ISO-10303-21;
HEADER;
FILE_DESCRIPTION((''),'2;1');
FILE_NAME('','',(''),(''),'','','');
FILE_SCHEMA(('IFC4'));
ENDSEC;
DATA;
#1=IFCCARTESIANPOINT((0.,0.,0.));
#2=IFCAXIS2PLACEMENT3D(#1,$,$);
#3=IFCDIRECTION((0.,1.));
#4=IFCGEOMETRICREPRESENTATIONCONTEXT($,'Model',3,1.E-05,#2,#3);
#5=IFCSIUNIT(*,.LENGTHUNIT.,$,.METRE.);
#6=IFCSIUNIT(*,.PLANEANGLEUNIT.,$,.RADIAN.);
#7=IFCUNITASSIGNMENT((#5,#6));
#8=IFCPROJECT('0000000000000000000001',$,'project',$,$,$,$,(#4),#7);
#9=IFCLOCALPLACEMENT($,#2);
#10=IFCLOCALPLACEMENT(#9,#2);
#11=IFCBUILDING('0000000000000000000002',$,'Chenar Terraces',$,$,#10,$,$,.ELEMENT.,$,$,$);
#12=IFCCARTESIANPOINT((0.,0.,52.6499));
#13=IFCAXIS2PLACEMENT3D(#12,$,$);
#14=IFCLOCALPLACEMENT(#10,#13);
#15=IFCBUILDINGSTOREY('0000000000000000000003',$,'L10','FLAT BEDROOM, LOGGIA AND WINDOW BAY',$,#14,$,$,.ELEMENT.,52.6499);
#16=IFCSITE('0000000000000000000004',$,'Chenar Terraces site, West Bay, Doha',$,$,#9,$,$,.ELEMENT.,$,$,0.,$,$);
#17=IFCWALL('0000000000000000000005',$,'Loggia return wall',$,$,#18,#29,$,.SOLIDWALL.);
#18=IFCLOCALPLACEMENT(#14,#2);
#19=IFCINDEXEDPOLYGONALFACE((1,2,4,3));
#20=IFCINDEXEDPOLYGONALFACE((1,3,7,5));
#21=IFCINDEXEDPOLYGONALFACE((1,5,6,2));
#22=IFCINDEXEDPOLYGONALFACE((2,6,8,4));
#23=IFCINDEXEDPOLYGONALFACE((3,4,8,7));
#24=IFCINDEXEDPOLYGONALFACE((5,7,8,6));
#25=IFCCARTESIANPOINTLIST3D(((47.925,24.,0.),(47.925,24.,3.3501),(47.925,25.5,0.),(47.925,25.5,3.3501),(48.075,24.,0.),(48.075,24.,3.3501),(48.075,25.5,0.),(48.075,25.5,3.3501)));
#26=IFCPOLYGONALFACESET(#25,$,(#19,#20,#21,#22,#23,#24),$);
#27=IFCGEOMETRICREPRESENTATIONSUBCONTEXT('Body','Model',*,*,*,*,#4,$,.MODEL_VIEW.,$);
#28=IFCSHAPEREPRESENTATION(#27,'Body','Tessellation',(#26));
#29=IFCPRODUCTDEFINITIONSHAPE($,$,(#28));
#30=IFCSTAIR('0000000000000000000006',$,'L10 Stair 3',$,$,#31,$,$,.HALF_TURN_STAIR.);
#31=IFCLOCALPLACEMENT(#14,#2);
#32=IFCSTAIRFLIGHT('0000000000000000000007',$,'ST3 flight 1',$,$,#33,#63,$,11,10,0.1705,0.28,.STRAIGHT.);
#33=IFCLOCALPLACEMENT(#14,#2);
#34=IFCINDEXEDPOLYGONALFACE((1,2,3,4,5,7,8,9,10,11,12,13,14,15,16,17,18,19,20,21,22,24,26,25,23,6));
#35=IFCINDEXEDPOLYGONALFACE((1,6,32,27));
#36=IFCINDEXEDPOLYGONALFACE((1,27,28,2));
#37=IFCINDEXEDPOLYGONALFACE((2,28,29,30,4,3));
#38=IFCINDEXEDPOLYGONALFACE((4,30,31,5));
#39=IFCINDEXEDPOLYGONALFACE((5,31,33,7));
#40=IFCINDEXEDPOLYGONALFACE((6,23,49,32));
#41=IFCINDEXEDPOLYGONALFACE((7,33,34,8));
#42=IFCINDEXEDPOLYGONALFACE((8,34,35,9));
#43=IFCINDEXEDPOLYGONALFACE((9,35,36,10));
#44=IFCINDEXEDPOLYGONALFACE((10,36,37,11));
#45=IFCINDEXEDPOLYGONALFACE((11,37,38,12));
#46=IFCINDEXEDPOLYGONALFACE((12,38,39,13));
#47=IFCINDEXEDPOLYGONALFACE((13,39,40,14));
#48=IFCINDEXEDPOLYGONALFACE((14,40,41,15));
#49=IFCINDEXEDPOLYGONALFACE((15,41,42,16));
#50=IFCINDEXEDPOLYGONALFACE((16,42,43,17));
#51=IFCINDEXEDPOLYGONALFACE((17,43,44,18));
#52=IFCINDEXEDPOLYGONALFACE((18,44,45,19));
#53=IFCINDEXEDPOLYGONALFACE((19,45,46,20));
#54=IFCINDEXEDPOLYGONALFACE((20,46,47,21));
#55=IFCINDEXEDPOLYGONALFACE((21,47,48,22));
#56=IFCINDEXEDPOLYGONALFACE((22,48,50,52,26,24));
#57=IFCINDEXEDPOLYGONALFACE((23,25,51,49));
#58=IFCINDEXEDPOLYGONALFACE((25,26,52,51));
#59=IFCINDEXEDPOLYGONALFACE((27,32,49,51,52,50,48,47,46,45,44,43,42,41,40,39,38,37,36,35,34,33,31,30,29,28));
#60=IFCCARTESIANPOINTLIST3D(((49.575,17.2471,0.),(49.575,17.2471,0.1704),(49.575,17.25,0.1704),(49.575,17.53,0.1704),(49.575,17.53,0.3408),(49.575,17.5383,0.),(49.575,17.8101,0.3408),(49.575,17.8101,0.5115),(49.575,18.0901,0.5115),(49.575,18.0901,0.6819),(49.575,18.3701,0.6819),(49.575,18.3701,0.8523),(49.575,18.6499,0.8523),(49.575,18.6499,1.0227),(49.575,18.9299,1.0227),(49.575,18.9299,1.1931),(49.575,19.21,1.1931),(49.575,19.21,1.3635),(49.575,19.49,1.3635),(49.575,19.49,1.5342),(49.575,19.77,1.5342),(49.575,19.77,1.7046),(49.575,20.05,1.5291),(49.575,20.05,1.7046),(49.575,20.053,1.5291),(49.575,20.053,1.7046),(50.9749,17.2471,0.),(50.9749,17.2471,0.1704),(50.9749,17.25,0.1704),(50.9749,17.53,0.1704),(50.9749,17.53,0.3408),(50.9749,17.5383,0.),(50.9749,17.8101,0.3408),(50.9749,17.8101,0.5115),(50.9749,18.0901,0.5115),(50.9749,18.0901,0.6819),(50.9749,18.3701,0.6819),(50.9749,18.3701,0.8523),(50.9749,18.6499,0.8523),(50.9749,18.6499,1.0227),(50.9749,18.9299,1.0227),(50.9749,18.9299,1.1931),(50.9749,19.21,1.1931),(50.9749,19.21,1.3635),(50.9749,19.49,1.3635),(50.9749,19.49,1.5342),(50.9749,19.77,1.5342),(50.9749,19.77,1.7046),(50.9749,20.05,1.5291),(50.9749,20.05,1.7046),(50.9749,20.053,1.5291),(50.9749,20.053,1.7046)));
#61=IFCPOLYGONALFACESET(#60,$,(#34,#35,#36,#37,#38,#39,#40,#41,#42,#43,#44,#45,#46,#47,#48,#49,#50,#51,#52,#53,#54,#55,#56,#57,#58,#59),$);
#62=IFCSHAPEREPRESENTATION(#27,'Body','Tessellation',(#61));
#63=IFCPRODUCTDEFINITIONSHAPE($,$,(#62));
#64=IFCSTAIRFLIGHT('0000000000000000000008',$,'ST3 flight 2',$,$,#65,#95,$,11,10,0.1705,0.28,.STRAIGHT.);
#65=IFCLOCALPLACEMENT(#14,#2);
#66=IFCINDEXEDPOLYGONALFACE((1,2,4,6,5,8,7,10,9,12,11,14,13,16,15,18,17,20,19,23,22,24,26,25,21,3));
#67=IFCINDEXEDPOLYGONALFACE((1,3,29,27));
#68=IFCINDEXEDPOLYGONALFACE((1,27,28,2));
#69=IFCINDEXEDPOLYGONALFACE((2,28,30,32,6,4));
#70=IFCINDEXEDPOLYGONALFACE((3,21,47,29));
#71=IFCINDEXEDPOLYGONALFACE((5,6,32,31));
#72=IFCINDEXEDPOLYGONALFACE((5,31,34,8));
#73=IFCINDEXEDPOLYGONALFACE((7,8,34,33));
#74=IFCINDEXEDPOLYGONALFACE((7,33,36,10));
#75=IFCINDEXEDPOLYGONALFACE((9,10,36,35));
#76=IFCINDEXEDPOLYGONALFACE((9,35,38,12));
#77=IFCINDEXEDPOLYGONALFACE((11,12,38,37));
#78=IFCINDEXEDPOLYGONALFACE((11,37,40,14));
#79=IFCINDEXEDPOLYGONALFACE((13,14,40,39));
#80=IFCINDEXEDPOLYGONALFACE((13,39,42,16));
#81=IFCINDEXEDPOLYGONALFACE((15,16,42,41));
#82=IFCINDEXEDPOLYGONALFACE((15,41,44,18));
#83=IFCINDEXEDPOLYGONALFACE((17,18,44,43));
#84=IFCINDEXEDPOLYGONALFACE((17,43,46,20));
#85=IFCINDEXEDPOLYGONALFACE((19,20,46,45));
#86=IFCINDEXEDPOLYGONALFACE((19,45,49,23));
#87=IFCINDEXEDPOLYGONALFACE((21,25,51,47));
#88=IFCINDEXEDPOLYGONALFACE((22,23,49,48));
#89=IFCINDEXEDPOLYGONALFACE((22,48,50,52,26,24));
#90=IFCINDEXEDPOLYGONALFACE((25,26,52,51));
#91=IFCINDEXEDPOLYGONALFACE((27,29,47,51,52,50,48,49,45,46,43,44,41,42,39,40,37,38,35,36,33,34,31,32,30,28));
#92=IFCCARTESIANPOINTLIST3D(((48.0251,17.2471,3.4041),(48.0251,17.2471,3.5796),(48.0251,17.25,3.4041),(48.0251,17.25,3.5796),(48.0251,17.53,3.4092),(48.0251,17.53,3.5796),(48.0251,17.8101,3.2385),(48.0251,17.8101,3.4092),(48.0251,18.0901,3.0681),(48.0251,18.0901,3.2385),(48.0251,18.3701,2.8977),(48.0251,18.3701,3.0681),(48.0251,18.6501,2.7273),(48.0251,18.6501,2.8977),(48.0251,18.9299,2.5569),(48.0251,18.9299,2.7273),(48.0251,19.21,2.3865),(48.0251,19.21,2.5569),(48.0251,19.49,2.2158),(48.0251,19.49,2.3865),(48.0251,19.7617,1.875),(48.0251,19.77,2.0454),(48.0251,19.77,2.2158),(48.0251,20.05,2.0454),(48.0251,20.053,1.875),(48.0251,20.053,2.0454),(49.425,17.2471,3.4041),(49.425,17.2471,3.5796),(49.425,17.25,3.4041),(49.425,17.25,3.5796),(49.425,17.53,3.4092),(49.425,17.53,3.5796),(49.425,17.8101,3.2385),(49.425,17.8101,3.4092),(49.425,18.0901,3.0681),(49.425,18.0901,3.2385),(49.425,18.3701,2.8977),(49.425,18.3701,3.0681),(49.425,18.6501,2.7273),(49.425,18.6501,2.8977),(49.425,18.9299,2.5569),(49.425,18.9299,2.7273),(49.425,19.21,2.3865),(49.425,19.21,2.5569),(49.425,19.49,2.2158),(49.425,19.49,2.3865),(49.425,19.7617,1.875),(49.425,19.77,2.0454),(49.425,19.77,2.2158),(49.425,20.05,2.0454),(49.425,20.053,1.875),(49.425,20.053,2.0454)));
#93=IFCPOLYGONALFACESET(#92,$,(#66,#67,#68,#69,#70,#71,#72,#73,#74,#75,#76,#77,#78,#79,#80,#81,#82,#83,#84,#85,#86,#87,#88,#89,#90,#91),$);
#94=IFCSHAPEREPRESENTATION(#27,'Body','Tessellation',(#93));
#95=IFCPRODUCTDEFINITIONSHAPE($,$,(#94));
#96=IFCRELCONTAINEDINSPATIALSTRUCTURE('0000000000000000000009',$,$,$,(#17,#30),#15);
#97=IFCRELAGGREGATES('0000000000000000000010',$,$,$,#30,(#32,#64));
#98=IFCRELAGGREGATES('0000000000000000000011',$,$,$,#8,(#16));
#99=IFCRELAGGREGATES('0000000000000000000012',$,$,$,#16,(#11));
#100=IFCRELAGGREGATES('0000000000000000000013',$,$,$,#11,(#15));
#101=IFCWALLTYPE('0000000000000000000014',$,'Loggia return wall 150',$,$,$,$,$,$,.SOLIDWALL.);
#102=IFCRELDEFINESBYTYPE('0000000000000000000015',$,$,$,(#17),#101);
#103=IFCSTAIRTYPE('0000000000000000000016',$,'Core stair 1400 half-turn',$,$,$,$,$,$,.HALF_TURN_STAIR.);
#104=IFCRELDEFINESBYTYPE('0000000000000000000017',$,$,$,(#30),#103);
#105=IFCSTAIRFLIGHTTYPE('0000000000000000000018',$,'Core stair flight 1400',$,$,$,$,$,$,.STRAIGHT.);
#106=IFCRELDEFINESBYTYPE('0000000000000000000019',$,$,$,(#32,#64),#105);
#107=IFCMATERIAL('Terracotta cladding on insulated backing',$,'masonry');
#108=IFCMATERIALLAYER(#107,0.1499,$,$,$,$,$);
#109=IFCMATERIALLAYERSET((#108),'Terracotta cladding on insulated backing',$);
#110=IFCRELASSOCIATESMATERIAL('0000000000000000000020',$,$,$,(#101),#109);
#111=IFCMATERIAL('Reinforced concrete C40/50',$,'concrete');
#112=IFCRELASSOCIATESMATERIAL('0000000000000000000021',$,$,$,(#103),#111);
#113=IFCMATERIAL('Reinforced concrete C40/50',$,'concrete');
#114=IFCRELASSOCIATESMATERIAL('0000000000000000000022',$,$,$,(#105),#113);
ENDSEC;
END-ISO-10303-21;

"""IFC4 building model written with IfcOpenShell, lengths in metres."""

from ifc_helpers import new_model, si_unit, direction, frame, frame_2d, origin, place, context, subcontext, project, spatial, polyline, rectangle, outline, extrude, material, layer, layer_set, type_object, element, aggregate, save


model = new_model("IFC4")

# Units and contexts
model_context = context("Model", 3, precision=1e-05, world=origin(), true_north=direction((0.0, 1.0)))
body_context = subcontext(model_context, "Body", "Model", "MODEL_VIEW")
ifc_project = project(units=[si_unit("LENGTHUNIT", "METRE"), si_unit("PLANEANGLEUNIT", "RADIAN")], contexts=[model_context])

# Site, building, storey
site_placement = place(None, origin())
site = spatial("IfcSite", under=ifc_project, at=site_placement, Name="Chenar Terraces site, West Bay, Doha", CompositionType="ELEMENT", RefElevation=0.0)
building_placement = place(site_placement, origin())
building = spatial("IfcBuilding", under=site, at=building_placement, Name="Chenar Terraces", CompositionType="ELEMENT")
storey_placement = place(building_placement, frame((0.0, 0.0, 52.6499)))
storey = spatial("IfcBuildingStorey", under=building, at=storey_placement, Name="L10", Description="FLAT BEDROOM, LOGGIA AND WINDOW BAY", CompositionType="ELEMENT", Elevation=52.6499)

# Wall
ifc_material_1 = material(Name="Terracotta cladding on insulated backing", Category="masonry")
ifc_layer_1 = layer(ifc_material_1, 0.1499)
ifc_layer_set_1 = layer_set([ifc_layer_1], Name="Terracotta cladding on insulated backing")
wall_type_1 = type_object("IfcWallType", Name="Loggia return wall 150", PredefinedType="SOLIDWALL", material=ifc_layer_set_1)
wall_1_placement = place(storey_placement, frame((48.0, 25.5, 0.0), z_axis=(0.0, 0.0, 1.0), x_axis=(0.0, -1.0, 0.0)))
element("IfcWall", 1, at=wall_1_placement, inside=storey, type_object=wall_type_1, Name="Loggia return wall", PredefinedType="SOLIDWALL", context=body_context, shape_type="SweptSolid", body=[
    extrude(rectangle(XDim=1.5, YDim=0.1499, at=frame_2d((0.75, 0.0))), origin(), (0.0, 0.0, 1.0), 3.3501),
])

# Stair, stair flights
ifc_material_2 = material(Name="Reinforced concrete C40/50", Category="concrete")
stair_type = type_object("IfcStairType", Name="Core stair 1400 half-turn", PredefinedType="HALF_TURN_STAIR", material=ifc_material_2)
stair_placement = place(storey_placement, origin())
stair = element("IfcStair", 2, at=stair_placement, inside=storey, type_object=stair_type, Name="L10 Stair 3", PredefinedType="HALF_TURN_STAIR")
ifc_material_3 = material(Name="Reinforced concrete C40/50", Category="concrete")
stair_flight_type = type_object("IfcStairFlightType", Name="Core stair flight 1400", PredefinedType="STRAIGHT", material=ifc_material_3)
stair_flight_1_placement = place(storey_placement, frame((50.2749, 17.25, 0.0), z_axis=(0.0, 0.0, 1.0), x_axis=(0.0, 1.0, 0.0)))
stair_flight_1 = element("IfcStairFlight", 3, at=stair_flight_1_placement, type_object=stair_flight_type, Name="ST3 flight 1", NumberOfRisers=11, NumberOfTreads=10, PredefinedType="STRAIGHT", RiserHeight=0.1705, TreadLength=0.28, context=body_context, shape_type="SweptSolid", body=[
    extrude(outline(polyline([(-0.0029, 0.0), (-0.0029, 0.1704), (0.0, 0.1704), (0.28, 0.1704), (0.28, 0.3408), (0.5601, 0.3408), (0.5601, 0.5115), (0.8401, 0.5115), (0.8401, 0.6819), (1.1201, 0.6819), (1.1201, 0.8523), (1.3999, 0.8523), (1.3999, 1.0227), (1.6799, 1.0227), (1.6799, 1.1931), (1.96, 1.1931), (1.96, 1.3635), (2.24, 1.3635), (2.24, 1.5342), (2.52, 1.5342), (2.52, 1.7046), (2.8, 1.7046), (2.803, 1.7046), (2.803, 1.5291), (2.8, 1.5291), (0.2883, 0.0), (-0.0029, 0.0)])), frame((0.0, 0.7, 0.0), z_axis=(0.0, -1.0, 0.0), x_axis=(1.0, 0.0, 0.0)), (0.0, 0.0, 1.0), 1.3999),
])
stair_flight_2_placement = place(storey_placement, frame((48.7251, 20.05, 1.875), z_axis=(0.0, 0.0, 1.0), x_axis=(0.0, -1.0, 0.0)))
stair_flight_2 = element("IfcStairFlight", 4, at=stair_flight_2_placement, type_object=stair_flight_type, Name="ST3 flight 2", NumberOfRisers=11, NumberOfTreads=10, PredefinedType="STRAIGHT", RiserHeight=0.1705, TreadLength=0.28, context=body_context, shape_type="SweptSolid", body=[
    extrude(outline(polyline([(-0.0029, 0.0), (-0.0029, 0.1704), (0.0, 0.1704), (0.28, 0.1704), (0.28, 0.3408), (0.5601, 0.3408), (0.5601, 0.5115), (0.8401, 0.5115), (0.8401, 0.6819), (1.1201, 0.6819), (1.1201, 0.8523), (1.3999, 0.8523), (1.3999, 1.0227), (1.6799, 1.0227), (1.6799, 1.1931), (1.96, 1.1931), (1.96, 1.3635), (2.24, 1.3635), (2.24, 1.5342), (2.52, 1.5342), (2.52, 1.7046), (2.8, 1.7046), (2.803, 1.7046), (2.803, 1.5291), (2.8, 1.5291), (0.2883, 0.0), (-0.0029, 0.0)])), frame((0.0, 0.7, 0.0), z_axis=(0.0, -1.0, 0.0), x_axis=(1.0, 0.0, 0.0)), (0.0, 0.0, 1.0), 1.3999),
])
aggregate(stair, [stair_flight_1, stair_flight_2])

save(model, "model.ifc")
